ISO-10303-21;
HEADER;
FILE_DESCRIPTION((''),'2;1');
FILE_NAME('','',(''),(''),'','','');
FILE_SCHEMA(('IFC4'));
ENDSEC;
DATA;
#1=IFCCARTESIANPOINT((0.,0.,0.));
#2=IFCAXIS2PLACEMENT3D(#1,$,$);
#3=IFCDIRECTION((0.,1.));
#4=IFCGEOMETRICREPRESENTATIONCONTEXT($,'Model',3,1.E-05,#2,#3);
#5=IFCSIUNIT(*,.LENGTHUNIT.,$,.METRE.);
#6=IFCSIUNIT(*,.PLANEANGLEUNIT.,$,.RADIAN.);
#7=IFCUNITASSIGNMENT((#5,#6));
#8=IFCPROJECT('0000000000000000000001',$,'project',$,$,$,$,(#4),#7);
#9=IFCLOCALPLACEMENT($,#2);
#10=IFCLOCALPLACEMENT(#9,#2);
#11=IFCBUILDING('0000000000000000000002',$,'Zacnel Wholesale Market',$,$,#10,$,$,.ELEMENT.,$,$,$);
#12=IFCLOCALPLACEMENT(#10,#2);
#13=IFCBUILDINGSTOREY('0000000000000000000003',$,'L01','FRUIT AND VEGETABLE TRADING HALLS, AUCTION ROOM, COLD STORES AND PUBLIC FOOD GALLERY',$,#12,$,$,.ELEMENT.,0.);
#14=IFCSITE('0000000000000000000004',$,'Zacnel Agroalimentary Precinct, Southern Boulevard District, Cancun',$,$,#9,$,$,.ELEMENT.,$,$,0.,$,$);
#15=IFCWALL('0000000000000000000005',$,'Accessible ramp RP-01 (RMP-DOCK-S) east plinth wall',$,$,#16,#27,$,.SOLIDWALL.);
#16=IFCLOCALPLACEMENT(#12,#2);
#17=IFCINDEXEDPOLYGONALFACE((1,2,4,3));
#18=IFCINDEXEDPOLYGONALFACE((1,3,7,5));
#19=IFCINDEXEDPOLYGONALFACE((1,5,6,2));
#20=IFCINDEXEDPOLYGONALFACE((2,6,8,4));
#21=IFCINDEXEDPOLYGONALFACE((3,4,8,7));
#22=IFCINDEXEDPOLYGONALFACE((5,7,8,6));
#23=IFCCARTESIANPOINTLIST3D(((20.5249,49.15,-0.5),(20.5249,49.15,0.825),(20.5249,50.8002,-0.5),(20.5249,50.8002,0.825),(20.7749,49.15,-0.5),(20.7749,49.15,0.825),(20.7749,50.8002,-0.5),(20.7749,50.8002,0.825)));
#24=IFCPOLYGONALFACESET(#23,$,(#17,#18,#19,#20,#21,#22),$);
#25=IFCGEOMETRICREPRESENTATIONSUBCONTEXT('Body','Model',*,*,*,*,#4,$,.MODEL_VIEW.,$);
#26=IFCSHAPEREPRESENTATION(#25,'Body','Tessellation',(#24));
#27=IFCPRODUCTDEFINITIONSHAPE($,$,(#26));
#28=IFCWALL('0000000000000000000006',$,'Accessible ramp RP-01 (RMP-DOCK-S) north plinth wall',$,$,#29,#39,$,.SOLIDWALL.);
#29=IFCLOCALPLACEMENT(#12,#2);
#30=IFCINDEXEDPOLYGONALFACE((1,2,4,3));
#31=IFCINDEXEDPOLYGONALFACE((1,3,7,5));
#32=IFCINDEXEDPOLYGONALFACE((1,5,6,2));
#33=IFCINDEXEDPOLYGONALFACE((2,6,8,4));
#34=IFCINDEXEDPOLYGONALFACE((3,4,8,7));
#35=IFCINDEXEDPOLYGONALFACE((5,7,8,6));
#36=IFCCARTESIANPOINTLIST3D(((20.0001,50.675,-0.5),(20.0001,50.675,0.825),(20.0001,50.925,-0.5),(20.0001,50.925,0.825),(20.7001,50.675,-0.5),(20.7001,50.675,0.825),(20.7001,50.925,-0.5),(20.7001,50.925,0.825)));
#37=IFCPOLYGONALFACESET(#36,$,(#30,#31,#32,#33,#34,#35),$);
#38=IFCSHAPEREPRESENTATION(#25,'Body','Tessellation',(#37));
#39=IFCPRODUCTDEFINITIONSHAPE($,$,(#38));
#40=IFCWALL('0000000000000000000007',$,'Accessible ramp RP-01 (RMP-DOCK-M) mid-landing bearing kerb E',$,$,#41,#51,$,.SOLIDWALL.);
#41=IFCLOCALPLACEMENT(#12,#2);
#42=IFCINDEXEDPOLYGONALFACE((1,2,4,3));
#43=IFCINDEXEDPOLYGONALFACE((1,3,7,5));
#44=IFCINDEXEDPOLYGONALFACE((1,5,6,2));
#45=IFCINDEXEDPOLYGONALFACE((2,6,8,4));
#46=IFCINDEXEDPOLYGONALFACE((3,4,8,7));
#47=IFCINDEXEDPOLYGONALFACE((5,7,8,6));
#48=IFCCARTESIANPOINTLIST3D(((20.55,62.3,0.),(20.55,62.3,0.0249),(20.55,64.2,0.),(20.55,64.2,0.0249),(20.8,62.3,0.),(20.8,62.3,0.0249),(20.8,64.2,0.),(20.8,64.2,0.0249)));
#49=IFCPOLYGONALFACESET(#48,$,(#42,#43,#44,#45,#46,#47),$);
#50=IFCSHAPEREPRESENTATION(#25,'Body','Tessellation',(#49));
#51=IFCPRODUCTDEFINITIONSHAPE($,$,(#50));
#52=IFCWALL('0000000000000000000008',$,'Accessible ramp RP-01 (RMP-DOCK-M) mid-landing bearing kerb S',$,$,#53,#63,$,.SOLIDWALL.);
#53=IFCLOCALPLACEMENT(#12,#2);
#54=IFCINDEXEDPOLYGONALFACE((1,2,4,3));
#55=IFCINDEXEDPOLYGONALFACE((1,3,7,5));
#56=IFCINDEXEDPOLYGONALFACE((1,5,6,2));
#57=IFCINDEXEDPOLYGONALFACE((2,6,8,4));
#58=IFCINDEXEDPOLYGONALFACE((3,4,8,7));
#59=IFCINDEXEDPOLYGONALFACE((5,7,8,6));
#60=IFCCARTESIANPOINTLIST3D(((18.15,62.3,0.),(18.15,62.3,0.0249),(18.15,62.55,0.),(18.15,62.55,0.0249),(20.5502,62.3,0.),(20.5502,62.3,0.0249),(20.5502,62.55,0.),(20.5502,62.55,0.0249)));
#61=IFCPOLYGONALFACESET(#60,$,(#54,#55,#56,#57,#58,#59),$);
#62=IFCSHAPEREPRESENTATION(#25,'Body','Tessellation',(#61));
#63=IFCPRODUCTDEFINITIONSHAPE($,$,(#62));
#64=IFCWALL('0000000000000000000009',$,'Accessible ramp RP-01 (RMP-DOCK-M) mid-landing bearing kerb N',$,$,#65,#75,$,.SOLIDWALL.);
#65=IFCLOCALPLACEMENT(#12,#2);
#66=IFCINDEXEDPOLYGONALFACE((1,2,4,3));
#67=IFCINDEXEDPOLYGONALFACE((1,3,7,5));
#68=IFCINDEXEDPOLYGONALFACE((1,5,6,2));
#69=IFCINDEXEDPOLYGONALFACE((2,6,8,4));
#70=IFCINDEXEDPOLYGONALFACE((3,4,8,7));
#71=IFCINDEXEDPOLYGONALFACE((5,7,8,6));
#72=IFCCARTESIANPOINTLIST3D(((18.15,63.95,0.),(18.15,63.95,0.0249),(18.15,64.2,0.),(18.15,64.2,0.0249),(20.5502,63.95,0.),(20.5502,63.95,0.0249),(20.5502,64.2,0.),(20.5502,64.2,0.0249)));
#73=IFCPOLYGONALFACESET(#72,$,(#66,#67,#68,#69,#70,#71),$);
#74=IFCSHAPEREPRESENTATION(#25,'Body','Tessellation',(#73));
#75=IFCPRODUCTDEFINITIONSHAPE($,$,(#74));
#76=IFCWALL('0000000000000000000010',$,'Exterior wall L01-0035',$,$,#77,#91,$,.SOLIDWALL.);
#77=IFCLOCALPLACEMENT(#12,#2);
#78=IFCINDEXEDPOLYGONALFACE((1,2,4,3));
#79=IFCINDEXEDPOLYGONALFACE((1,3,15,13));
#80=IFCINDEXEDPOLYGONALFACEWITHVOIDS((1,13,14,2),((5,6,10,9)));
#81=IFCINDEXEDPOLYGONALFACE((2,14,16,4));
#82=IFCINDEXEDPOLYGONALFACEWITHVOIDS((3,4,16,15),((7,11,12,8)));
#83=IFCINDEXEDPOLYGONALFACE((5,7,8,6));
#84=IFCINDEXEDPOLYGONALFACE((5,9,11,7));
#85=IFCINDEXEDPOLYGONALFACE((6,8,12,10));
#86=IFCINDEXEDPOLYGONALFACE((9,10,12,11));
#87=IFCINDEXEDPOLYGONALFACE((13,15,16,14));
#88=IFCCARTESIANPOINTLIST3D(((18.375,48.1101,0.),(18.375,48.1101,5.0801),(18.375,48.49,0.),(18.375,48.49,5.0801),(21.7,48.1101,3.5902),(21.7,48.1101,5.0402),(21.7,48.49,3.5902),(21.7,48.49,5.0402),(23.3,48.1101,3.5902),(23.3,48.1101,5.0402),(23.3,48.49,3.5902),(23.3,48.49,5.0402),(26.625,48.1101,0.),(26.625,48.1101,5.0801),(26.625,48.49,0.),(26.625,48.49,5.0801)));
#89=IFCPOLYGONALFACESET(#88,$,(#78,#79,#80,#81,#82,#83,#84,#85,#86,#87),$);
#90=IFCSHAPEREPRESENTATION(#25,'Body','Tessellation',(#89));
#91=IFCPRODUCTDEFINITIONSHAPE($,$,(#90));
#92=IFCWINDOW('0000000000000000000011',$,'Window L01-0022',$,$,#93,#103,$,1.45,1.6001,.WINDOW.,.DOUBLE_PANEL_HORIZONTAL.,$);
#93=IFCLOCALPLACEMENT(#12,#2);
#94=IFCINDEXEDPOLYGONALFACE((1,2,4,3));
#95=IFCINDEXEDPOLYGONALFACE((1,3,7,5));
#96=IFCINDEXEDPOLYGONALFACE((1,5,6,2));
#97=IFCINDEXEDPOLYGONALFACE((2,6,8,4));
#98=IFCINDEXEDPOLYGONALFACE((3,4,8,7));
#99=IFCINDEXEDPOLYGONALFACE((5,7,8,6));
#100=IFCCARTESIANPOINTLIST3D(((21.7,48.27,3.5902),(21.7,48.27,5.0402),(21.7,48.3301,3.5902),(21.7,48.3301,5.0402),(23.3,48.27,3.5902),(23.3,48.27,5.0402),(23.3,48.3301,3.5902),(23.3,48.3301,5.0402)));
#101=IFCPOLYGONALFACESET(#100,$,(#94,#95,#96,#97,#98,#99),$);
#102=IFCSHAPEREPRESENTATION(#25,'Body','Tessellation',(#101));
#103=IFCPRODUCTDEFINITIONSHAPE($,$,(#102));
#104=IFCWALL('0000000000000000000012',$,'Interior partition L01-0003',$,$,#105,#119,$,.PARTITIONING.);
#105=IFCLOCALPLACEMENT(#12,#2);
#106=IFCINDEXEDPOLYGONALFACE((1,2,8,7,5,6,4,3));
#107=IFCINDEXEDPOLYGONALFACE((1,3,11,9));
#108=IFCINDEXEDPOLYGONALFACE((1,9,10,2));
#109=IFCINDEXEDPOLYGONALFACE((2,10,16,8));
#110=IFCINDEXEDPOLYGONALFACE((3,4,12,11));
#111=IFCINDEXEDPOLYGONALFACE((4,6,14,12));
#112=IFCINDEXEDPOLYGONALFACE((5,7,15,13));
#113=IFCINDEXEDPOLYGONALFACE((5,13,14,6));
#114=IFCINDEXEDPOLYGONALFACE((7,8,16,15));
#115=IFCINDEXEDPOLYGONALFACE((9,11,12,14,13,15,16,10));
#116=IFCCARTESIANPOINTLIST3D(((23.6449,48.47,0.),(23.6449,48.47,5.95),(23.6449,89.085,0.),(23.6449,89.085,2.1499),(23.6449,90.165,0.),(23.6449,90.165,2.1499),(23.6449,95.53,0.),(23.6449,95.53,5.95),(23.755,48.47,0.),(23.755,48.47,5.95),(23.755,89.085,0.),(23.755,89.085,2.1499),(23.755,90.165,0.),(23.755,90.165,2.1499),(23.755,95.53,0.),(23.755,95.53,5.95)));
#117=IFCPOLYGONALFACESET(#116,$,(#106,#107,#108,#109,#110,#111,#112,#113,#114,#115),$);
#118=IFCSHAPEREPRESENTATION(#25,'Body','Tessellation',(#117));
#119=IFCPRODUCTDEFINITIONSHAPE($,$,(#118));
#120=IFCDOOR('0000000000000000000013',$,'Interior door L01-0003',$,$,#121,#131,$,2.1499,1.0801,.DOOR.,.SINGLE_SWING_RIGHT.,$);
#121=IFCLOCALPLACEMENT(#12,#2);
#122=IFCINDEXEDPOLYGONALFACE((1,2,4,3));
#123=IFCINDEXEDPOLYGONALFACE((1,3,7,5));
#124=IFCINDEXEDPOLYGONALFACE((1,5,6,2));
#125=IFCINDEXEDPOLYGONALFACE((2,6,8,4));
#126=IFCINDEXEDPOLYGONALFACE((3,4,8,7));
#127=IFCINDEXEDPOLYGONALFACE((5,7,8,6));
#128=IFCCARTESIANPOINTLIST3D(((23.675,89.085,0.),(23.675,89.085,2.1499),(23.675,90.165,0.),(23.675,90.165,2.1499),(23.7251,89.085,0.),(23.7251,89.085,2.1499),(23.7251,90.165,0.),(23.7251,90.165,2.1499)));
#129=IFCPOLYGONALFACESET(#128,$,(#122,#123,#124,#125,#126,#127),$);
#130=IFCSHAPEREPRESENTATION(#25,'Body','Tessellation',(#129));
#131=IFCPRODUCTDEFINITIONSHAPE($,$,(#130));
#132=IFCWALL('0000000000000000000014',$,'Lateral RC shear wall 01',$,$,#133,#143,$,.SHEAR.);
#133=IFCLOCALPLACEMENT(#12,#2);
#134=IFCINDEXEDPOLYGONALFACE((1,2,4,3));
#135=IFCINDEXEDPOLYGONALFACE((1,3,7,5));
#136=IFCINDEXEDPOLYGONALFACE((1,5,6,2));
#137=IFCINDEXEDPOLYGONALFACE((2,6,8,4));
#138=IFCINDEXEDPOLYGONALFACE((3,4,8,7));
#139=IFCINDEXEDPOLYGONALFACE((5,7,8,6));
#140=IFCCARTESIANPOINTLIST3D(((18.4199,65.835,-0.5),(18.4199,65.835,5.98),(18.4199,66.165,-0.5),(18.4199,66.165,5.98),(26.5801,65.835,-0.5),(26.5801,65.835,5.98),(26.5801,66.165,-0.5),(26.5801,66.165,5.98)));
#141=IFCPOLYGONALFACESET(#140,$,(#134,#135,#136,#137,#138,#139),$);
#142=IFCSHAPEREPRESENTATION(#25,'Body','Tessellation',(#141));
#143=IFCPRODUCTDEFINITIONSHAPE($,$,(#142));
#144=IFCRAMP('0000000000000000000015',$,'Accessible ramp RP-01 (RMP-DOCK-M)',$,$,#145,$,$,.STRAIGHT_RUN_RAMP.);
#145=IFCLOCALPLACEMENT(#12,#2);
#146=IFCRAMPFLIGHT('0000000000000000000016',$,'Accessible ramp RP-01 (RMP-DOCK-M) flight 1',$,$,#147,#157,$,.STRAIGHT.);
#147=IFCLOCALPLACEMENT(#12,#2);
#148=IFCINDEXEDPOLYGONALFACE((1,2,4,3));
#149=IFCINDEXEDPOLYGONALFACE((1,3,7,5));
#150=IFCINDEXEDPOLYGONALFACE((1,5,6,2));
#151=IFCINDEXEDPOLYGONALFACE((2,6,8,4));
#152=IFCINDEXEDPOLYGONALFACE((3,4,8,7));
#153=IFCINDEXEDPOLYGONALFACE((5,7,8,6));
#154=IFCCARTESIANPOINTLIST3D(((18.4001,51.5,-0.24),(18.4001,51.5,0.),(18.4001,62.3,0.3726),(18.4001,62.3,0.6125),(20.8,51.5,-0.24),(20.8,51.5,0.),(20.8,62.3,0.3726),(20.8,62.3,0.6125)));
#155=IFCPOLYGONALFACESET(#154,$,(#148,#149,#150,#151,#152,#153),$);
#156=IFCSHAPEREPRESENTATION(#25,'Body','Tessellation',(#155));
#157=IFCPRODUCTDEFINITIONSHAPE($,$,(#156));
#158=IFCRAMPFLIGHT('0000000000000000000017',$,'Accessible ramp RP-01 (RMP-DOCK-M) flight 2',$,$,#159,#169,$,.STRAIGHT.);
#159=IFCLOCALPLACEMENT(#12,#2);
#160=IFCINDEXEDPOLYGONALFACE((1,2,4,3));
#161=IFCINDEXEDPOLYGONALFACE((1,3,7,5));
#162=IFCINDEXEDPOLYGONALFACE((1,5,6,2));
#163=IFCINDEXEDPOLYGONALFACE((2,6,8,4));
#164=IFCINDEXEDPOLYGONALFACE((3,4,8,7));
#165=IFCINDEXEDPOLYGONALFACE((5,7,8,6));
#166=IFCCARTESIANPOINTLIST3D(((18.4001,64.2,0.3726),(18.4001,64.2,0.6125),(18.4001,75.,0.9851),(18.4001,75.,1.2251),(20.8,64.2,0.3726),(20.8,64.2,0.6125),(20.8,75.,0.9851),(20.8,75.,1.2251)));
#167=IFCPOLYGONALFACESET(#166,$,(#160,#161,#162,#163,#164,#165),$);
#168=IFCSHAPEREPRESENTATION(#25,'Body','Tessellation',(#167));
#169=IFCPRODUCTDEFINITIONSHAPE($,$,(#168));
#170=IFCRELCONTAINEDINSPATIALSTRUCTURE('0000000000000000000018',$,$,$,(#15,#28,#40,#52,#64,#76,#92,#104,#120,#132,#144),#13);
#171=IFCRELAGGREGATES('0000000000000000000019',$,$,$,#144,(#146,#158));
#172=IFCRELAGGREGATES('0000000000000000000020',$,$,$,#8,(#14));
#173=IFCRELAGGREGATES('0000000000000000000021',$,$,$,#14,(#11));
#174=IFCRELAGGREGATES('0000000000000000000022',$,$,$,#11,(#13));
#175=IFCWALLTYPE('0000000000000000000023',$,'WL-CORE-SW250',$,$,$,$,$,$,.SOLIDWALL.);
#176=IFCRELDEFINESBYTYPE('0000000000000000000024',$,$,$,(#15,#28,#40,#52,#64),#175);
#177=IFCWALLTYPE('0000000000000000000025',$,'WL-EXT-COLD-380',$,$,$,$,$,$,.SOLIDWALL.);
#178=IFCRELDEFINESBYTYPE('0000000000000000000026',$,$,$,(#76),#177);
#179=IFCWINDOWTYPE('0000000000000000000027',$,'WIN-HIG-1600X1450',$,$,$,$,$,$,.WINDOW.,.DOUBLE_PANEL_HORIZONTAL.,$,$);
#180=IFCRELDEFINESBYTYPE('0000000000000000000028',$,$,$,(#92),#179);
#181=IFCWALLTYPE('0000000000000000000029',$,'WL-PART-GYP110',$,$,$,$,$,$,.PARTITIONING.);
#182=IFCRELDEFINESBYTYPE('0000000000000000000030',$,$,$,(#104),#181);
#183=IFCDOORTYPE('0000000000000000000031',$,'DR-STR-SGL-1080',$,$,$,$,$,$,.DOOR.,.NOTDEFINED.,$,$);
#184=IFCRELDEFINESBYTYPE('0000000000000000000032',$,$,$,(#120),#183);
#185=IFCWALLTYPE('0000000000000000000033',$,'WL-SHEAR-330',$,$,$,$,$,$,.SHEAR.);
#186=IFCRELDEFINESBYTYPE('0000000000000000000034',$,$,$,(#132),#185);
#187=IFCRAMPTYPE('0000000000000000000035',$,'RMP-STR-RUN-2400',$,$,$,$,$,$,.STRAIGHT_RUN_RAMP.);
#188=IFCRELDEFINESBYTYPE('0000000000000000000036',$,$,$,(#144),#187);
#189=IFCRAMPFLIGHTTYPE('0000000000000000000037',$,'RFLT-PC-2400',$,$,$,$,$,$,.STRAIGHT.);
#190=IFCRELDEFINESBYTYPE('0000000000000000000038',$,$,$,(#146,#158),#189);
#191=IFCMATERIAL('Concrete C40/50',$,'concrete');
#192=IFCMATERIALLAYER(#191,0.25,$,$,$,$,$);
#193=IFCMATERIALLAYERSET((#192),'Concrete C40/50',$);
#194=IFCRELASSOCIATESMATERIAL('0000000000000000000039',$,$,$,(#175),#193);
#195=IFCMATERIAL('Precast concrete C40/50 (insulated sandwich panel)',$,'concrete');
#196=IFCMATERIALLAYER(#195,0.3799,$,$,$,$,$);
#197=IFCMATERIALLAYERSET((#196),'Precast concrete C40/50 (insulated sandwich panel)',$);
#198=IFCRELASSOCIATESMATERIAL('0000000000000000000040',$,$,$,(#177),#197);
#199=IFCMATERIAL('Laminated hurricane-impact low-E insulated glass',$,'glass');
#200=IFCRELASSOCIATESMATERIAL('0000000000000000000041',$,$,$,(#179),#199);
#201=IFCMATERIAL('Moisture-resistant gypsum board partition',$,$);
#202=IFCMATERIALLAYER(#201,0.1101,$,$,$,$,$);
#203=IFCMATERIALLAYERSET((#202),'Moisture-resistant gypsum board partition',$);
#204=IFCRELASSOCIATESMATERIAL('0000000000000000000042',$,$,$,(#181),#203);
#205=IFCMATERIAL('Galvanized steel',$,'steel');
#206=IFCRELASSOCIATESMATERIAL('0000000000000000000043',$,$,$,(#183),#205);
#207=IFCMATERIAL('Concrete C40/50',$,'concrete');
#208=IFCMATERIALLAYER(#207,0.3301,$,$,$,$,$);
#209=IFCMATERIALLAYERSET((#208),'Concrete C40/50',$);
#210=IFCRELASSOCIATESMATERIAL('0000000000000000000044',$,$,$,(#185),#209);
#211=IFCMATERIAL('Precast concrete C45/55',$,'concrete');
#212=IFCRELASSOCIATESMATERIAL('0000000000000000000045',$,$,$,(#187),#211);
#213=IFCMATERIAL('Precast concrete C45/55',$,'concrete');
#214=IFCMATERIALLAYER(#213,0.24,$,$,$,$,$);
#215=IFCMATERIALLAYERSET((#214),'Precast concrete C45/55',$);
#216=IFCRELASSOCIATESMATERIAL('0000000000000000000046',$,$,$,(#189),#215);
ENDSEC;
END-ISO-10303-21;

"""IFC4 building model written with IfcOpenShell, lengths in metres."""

from ifc_helpers import new_model, si_unit, direction, frame, frame_2d, origin, place, context, subcontext, project, spatial, polyline, rectangle, outline, extrude, material, layer, layer_set, type_object, element, fill, aggregate, save


model = new_model("IFC4")

# Units and contexts
model_context = context("Model", 3, precision=1e-05, world=origin(), true_north=direction((0.0, 1.0)))
body_context = subcontext(model_context, "Body", "Model", "MODEL_VIEW")
ifc_project = project(units=[si_unit("LENGTHUNIT", "METRE"), si_unit("PLANEANGLEUNIT", "RADIAN")], contexts=[model_context])

# Site, building, storey
site_placement = place(None, origin())
site = spatial("IfcSite", under=ifc_project, at=site_placement, Name="Zacnel Agroalimentary Precinct, Southern Boulevard District, Cancun", CompositionType="ELEMENT", RefElevation=0.0)
building_placement = place(site_placement, origin())
building = spatial("IfcBuilding", under=site, at=building_placement, Name="Zacnel Wholesale Market", CompositionType="ELEMENT")
storey_placement = place(building_placement, origin())
storey = spatial("IfcBuildingStorey", under=building, at=storey_placement, Name="L01", Description="FRUIT AND VEGETABLE TRADING HALLS, AUCTION ROOM, COLD STORES AND PUBLIC FOOD GALLERY", CompositionType="ELEMENT", Elevation=0.0)

# Walls
ifc_material_1 = material(Name="Concrete C40/50", Category="concrete")
ifc_layer_1 = layer(ifc_material_1, 0.25)
ifc_layer_set_1 = layer_set([ifc_layer_1], Name="Concrete C40/50")
wall_type_1 = type_object("IfcWallType", Name="WL-CORE-SW250", PredefinedType="SOLIDWALL", material=ifc_layer_set_1)
wall_1_placement = place(storey_placement, frame((20.6499, 49.1499, -0.5), z_axis=(0.0, 0.0, 1.0), x_axis=(0.0, 1.0, 0.0)))
element("IfcWall", 1, at=wall_1_placement, inside=storey, type_object=wall_type_1, Name="Accessible ramp RP-01 (RMP-DOCK-S) east plinth wall", PredefinedType="SOLIDWALL", context=body_context, shape_type="SweptSolid", body=[
    extrude(rectangle(XDim=1.6501, YDim=0.25, at=frame_2d((0.8252, 0.0))), origin(), (0.0, 0.0, 1.0), 1.325),
])
wall_2_placement = place(storey_placement, frame((20.0, 50.8, -0.5), z_axis=(0.0, 0.0, 1.0), x_axis=(1.0, 0.0, 0.0)))
element("IfcWall", 2, at=wall_2_placement, inside=storey, type_object=wall_type_1, Name="Accessible ramp RP-01 (RMP-DOCK-S) north plinth wall", PredefinedType="SOLIDWALL", context=body_context, shape_type="SweptSolid", body=[
    extrude(rectangle(XDim=0.7, YDim=0.25, at=frame_2d((0.3501, 0.0))), origin(), (0.0, 0.0, 1.0), 1.325),
])
wall_3_placement = place(storey_placement, frame((20.675, 62.3, 0.0), z_axis=(0.0, 0.0, 1.0), x_axis=(0.0, 1.0, 0.0)))
element("IfcWall", 3, at=wall_3_placement, inside=storey, type_object=wall_type_1, Name="Accessible ramp RP-01 (RMP-DOCK-M) mid-landing bearing kerb E", PredefinedType="SOLIDWALL", context=body_context, shape_type="SweptSolid", body=[
    extrude(rectangle(XDim=1.8999, YDim=0.25, at=frame_2d((0.95, 0.0))), origin(), (0.0, 0.0, 1.0), 0.0249),
])
for number, where, z_axis, x_axis, name in (
    (4, (18.1499, 62.425, 0.0), (0.0, 0.0, 1.0), (1.0, 0.0, 0.0), "Accessible ramp RP-01 (RMP-DOCK-M) mid-landing bearing kerb S"),
    (5, (18.1499, 64.075, 0.0), (0.0, 0.0, 1.0), (1.0, 0.0, 0.0), "Accessible ramp RP-01 (RMP-DOCK-M) mid-landing bearing kerb N"),
):
    element("IfcWall", number, at=place(storey_placement, frame(where, z_axis=z_axis, x_axis=x_axis)), inside=storey, type_object=wall_type_1, Name=name, PredefinedType="SOLIDWALL", context=body_context, shape_type="SweptSolid", body=[
        extrude(rectangle(XDim=2.4001, YDim=0.25, at=frame_2d((1.2002, 0.0))), origin(), (0.0, 0.0, 1.0), 0.0249),
    ])

# Wall, opening, window
ifc_material_2 = material(Name="Precast concrete C40/50 (insulated sandwich panel)", Category="concrete")
ifc_layer_2 = layer(ifc_material_2, 0.3799)
ifc_layer_set_2 = layer_set([ifc_layer_2], Name="Precast concrete C40/50 (insulated sandwich panel)")
wall_type_2 = type_object("IfcWallType", Name="WL-EXT-COLD-380", PredefinedType="SOLIDWALL", material=ifc_layer_set_2)
wall_4_placement = place(storey_placement, frame((18.375, 48.3, 0.0), z_axis=(0.0, 0.0, 1.0), x_axis=(1.0, 0.0, 0.0)))
wall_4 = element("IfcWall", 6, at=wall_4_placement, inside=storey, type_object=wall_type_2, Name="Exterior wall L01-0035", PredefinedType="SOLIDWALL", context=body_context, shape_type="SweptSolid", body=[
    extrude(rectangle(XDim=8.25, YDim=0.3799, at=frame_2d((4.125, 0.0))), origin(), (0.0, 0.0, 1.0), 5.0801),
])
opening_1_placement = place(wall_4_placement, frame((3.325, 0.0, 3.5901)))
opening_1 = element("IfcOpeningElement", 7, at=opening_1_placement, cuts=wall_4, PredefinedType="OPENING", context=body_context, shape_type="SweptSolid", body=[
    extrude(rectangle(XDim=1.6001, YDim=1.45, at=frame_2d((0.8, 0.7251))), frame((0.0, 0.2, 0.0), z_axis=(0.0, -1.0, 0.0), x_axis=(1.0, 0.0, 0.0)), (0.0, 0.0, 1.0), 0.3999),
])
ifc_material_3 = material(Name="Laminated hurricane-impact low-E insulated glass", Category="glass")
window_type = type_object("IfcWindowType", Name="WIN-HIG-1600X1450", PartitioningType="DOUBLE_PANEL_HORIZONTAL", PredefinedType="WINDOW", material=ifc_material_3)
window_placement = place(opening_1_placement, origin())
window = element("IfcWindow", 8, at=window_placement, inside=storey, type_object=window_type, Name="Window L01-0022", OverallHeight=1.45, OverallWidth=1.6001, PartitioningType="DOUBLE_PANEL_HORIZONTAL", PredefinedType="WINDOW", context=body_context, shape_type="SweptSolid", body=[
    extrude(rectangle(XDim=1.6001, YDim=1.45, at=frame_2d((0.8, 0.7251))), frame((0.0, 0.03, 0.0), z_axis=(0.0, -1.0, 0.0), x_axis=(1.0, 0.0, 0.0)), (0.0, 0.0, 1.0), 0.0601),
])
fill(opening_1, window)

# Wall, opening, door
ifc_material_4 = material(Name="Moisture-resistant gypsum board partition")
ifc_layer_3 = layer(ifc_material_4, 0.1101)
ifc_layer_set_3 = layer_set([ifc_layer_3], Name="Moisture-resistant gypsum board partition")
wall_type_3 = type_object("IfcWallType", Name="WL-PART-GYP110", PredefinedType="PARTITIONING", material=ifc_layer_set_3)
wall_5_placement = place(storey_placement, frame((23.7, 48.47, 0.0), z_axis=(0.0, 0.0, 1.0), x_axis=(0.0, 1.0, 0.0)))
wall_5 = element("IfcWall", 9, at=wall_5_placement, inside=storey, type_object=wall_type_3, Name="Interior partition L01-0003", PredefinedType="PARTITIONING", context=body_context, shape_type="SweptSolid", body=[
    extrude(rectangle(XDim=47.0601, YDim=0.1101, at=frame_2d((23.53, 0.0))), origin(), (0.0, 0.0, 1.0), 5.95),
])
opening_2_placement = place(wall_5_placement, frame((40.615, 0.0, 0.0)))
opening_2 = element("IfcOpeningElement", 10, at=opening_2_placement, cuts=wall_5, PredefinedType="OPENING", context=body_context, shape_type="SweptSolid", body=[
    extrude(rectangle(XDim=1.0801, YDim=2.1499, at=frame_2d((0.54, 1.075))), frame((0.0, 0.0649, 0.0), z_axis=(0.0, -1.0, 0.0), x_axis=(1.0, 0.0, 0.0)), (0.0, 0.0, 1.0), 0.1301),
])
ifc_material_5 = material(Name="Galvanized steel", Category="steel")
door_type_1 = type_object("IfcDoorType", Name="DR-STR-SGL-1080", OperationType="NOTDEFINED", PredefinedType="DOOR", material=ifc_material_5)
door_1_placement = place(opening_2_placement, origin())
door_1 = element("IfcDoor", 11, at=door_1_placement, inside=storey, type_object=door_type_1, Name="Interior door L01-0003", OperationType="SINGLE_SWING_RIGHT", OverallHeight=2.1499, OverallWidth=1.0801, PredefinedType="DOOR", context=body_context, shape_type="SweptSolid", body=[
    extrude(rectangle(XDim=1.0801, YDim=2.1499, at=frame_2d((0.54, 1.075))), frame((0.0, 0.0249, 0.0), z_axis=(0.0, -1.0, 0.0), x_axis=(1.0, 0.0, 0.0)), (0.0, 0.0, 1.0), 0.05),
])
fill(opening_2, door_1)

# Wall
ifc_material_6 = material(Name="Concrete C40/50", Category="concrete")
ifc_layer_4 = layer(ifc_material_6, 0.3301)
ifc_layer_set_4 = layer_set([ifc_layer_4], Name="Concrete C40/50")
wall_type_4 = type_object("IfcWallType", Name="WL-SHEAR-330", PredefinedType="SHEAR", material=ifc_layer_set_4)
wall_6_placement = place(storey_placement, frame((18.4199, 66.0, -0.5), z_axis=(0.0, 0.0, 1.0), x_axis=(1.0, 0.0, 0.0)))
element("IfcWall", 12, at=wall_6_placement, inside=storey, type_object=wall_type_4, Name="Lateral RC shear wall 01", PredefinedType="SHEAR", context=body_context, shape_type="SweptSolid", body=[
    extrude(rectangle(XDim=8.1602, YDim=0.3301, at=frame_2d((4.0801, 0.0))), origin(), (0.0, 0.0, 1.0), 6.48),
])

# Ramp, ramp flights
ifc_material_7 = material(Name="Precast concrete C45/55", Category="concrete")
ramp_type = type_object("IfcRampType", Name="RMP-STR-RUN-2400", PredefinedType="STRAIGHT_RUN_RAMP", material=ifc_material_7)
ramp_placement = place(storey_placement, origin())
ramp = element("IfcRamp", 13, at=ramp_placement, inside=storey, type_object=ramp_type, Name="Accessible ramp RP-01 (RMP-DOCK-M)", PredefinedType="STRAIGHT_RUN_RAMP")
ifc_material_8 = material(Name="Precast concrete C45/55", Category="concrete")
ifc_layer_5 = layer(ifc_material_8, 0.24)
ifc_layer_set_5 = layer_set([ifc_layer_5], Name="Precast concrete C45/55")
ramp_flight_type = type_object("IfcRampFlightType", Name="RFLT-PC-2400", PredefinedType="STRAIGHT", material=ifc_layer_set_5)
ramp_flight_1_placement = place(storey_placement, frame((19.6001, 51.5, 0.0), z_axis=(0.0, 0.0, 1.0), x_axis=(0.0, 1.0, 0.0)))
ramp_flight_1 = element("IfcRampFlight", 14, at=ramp_flight_1_placement, type_object=ramp_flight_type, Name="Accessible ramp RP-01 (RMP-DOCK-M) flight 1", PredefinedType="STRAIGHT", context=body_context, shape_type="SweptSolid", body=[
    extrude(outline(polyline([(0.0, 0.0), (10.8, 0.6125), (10.8, 0.3726), (0.0, -0.24), (0.0, 0.0)])), frame((0.0, 1.2, 0.0), z_axis=(0.0, -1.0, 0.0), x_axis=(1.0, 0.0, 0.0)), (0.0, 0.0, 1.0), 2.3999),
])
ramp_flight_2_placement = place(storey_placement, frame((19.6001, 64.2, 0.6125), z_axis=(0.0, 0.0, 1.0), x_axis=(0.0, 1.0, 0.0)))
ramp_flight_2 = element("IfcRampFlight", 15, at=ramp_flight_2_placement, type_object=ramp_flight_type, Name="Accessible ramp RP-01 (RMP-DOCK-M) flight 2", PredefinedType="STRAIGHT", context=body_context, shape_type="SweptSolid", body=[
    extrude(outline(polyline([(0.0, 0.0), (10.8, 0.6125), (10.8, 0.3726), (0.0, -0.24), (0.0, 0.0)])), frame((0.0, 1.2, 0.0), z_axis=(0.0, -1.0, 0.0), x_axis=(1.0, 0.0, 0.0)), (0.0, 0.0, 1.0), 2.3999),
])
aggregate(ramp, [ramp_flight_1, ramp_flight_2])

save(model, "model.ifc")
